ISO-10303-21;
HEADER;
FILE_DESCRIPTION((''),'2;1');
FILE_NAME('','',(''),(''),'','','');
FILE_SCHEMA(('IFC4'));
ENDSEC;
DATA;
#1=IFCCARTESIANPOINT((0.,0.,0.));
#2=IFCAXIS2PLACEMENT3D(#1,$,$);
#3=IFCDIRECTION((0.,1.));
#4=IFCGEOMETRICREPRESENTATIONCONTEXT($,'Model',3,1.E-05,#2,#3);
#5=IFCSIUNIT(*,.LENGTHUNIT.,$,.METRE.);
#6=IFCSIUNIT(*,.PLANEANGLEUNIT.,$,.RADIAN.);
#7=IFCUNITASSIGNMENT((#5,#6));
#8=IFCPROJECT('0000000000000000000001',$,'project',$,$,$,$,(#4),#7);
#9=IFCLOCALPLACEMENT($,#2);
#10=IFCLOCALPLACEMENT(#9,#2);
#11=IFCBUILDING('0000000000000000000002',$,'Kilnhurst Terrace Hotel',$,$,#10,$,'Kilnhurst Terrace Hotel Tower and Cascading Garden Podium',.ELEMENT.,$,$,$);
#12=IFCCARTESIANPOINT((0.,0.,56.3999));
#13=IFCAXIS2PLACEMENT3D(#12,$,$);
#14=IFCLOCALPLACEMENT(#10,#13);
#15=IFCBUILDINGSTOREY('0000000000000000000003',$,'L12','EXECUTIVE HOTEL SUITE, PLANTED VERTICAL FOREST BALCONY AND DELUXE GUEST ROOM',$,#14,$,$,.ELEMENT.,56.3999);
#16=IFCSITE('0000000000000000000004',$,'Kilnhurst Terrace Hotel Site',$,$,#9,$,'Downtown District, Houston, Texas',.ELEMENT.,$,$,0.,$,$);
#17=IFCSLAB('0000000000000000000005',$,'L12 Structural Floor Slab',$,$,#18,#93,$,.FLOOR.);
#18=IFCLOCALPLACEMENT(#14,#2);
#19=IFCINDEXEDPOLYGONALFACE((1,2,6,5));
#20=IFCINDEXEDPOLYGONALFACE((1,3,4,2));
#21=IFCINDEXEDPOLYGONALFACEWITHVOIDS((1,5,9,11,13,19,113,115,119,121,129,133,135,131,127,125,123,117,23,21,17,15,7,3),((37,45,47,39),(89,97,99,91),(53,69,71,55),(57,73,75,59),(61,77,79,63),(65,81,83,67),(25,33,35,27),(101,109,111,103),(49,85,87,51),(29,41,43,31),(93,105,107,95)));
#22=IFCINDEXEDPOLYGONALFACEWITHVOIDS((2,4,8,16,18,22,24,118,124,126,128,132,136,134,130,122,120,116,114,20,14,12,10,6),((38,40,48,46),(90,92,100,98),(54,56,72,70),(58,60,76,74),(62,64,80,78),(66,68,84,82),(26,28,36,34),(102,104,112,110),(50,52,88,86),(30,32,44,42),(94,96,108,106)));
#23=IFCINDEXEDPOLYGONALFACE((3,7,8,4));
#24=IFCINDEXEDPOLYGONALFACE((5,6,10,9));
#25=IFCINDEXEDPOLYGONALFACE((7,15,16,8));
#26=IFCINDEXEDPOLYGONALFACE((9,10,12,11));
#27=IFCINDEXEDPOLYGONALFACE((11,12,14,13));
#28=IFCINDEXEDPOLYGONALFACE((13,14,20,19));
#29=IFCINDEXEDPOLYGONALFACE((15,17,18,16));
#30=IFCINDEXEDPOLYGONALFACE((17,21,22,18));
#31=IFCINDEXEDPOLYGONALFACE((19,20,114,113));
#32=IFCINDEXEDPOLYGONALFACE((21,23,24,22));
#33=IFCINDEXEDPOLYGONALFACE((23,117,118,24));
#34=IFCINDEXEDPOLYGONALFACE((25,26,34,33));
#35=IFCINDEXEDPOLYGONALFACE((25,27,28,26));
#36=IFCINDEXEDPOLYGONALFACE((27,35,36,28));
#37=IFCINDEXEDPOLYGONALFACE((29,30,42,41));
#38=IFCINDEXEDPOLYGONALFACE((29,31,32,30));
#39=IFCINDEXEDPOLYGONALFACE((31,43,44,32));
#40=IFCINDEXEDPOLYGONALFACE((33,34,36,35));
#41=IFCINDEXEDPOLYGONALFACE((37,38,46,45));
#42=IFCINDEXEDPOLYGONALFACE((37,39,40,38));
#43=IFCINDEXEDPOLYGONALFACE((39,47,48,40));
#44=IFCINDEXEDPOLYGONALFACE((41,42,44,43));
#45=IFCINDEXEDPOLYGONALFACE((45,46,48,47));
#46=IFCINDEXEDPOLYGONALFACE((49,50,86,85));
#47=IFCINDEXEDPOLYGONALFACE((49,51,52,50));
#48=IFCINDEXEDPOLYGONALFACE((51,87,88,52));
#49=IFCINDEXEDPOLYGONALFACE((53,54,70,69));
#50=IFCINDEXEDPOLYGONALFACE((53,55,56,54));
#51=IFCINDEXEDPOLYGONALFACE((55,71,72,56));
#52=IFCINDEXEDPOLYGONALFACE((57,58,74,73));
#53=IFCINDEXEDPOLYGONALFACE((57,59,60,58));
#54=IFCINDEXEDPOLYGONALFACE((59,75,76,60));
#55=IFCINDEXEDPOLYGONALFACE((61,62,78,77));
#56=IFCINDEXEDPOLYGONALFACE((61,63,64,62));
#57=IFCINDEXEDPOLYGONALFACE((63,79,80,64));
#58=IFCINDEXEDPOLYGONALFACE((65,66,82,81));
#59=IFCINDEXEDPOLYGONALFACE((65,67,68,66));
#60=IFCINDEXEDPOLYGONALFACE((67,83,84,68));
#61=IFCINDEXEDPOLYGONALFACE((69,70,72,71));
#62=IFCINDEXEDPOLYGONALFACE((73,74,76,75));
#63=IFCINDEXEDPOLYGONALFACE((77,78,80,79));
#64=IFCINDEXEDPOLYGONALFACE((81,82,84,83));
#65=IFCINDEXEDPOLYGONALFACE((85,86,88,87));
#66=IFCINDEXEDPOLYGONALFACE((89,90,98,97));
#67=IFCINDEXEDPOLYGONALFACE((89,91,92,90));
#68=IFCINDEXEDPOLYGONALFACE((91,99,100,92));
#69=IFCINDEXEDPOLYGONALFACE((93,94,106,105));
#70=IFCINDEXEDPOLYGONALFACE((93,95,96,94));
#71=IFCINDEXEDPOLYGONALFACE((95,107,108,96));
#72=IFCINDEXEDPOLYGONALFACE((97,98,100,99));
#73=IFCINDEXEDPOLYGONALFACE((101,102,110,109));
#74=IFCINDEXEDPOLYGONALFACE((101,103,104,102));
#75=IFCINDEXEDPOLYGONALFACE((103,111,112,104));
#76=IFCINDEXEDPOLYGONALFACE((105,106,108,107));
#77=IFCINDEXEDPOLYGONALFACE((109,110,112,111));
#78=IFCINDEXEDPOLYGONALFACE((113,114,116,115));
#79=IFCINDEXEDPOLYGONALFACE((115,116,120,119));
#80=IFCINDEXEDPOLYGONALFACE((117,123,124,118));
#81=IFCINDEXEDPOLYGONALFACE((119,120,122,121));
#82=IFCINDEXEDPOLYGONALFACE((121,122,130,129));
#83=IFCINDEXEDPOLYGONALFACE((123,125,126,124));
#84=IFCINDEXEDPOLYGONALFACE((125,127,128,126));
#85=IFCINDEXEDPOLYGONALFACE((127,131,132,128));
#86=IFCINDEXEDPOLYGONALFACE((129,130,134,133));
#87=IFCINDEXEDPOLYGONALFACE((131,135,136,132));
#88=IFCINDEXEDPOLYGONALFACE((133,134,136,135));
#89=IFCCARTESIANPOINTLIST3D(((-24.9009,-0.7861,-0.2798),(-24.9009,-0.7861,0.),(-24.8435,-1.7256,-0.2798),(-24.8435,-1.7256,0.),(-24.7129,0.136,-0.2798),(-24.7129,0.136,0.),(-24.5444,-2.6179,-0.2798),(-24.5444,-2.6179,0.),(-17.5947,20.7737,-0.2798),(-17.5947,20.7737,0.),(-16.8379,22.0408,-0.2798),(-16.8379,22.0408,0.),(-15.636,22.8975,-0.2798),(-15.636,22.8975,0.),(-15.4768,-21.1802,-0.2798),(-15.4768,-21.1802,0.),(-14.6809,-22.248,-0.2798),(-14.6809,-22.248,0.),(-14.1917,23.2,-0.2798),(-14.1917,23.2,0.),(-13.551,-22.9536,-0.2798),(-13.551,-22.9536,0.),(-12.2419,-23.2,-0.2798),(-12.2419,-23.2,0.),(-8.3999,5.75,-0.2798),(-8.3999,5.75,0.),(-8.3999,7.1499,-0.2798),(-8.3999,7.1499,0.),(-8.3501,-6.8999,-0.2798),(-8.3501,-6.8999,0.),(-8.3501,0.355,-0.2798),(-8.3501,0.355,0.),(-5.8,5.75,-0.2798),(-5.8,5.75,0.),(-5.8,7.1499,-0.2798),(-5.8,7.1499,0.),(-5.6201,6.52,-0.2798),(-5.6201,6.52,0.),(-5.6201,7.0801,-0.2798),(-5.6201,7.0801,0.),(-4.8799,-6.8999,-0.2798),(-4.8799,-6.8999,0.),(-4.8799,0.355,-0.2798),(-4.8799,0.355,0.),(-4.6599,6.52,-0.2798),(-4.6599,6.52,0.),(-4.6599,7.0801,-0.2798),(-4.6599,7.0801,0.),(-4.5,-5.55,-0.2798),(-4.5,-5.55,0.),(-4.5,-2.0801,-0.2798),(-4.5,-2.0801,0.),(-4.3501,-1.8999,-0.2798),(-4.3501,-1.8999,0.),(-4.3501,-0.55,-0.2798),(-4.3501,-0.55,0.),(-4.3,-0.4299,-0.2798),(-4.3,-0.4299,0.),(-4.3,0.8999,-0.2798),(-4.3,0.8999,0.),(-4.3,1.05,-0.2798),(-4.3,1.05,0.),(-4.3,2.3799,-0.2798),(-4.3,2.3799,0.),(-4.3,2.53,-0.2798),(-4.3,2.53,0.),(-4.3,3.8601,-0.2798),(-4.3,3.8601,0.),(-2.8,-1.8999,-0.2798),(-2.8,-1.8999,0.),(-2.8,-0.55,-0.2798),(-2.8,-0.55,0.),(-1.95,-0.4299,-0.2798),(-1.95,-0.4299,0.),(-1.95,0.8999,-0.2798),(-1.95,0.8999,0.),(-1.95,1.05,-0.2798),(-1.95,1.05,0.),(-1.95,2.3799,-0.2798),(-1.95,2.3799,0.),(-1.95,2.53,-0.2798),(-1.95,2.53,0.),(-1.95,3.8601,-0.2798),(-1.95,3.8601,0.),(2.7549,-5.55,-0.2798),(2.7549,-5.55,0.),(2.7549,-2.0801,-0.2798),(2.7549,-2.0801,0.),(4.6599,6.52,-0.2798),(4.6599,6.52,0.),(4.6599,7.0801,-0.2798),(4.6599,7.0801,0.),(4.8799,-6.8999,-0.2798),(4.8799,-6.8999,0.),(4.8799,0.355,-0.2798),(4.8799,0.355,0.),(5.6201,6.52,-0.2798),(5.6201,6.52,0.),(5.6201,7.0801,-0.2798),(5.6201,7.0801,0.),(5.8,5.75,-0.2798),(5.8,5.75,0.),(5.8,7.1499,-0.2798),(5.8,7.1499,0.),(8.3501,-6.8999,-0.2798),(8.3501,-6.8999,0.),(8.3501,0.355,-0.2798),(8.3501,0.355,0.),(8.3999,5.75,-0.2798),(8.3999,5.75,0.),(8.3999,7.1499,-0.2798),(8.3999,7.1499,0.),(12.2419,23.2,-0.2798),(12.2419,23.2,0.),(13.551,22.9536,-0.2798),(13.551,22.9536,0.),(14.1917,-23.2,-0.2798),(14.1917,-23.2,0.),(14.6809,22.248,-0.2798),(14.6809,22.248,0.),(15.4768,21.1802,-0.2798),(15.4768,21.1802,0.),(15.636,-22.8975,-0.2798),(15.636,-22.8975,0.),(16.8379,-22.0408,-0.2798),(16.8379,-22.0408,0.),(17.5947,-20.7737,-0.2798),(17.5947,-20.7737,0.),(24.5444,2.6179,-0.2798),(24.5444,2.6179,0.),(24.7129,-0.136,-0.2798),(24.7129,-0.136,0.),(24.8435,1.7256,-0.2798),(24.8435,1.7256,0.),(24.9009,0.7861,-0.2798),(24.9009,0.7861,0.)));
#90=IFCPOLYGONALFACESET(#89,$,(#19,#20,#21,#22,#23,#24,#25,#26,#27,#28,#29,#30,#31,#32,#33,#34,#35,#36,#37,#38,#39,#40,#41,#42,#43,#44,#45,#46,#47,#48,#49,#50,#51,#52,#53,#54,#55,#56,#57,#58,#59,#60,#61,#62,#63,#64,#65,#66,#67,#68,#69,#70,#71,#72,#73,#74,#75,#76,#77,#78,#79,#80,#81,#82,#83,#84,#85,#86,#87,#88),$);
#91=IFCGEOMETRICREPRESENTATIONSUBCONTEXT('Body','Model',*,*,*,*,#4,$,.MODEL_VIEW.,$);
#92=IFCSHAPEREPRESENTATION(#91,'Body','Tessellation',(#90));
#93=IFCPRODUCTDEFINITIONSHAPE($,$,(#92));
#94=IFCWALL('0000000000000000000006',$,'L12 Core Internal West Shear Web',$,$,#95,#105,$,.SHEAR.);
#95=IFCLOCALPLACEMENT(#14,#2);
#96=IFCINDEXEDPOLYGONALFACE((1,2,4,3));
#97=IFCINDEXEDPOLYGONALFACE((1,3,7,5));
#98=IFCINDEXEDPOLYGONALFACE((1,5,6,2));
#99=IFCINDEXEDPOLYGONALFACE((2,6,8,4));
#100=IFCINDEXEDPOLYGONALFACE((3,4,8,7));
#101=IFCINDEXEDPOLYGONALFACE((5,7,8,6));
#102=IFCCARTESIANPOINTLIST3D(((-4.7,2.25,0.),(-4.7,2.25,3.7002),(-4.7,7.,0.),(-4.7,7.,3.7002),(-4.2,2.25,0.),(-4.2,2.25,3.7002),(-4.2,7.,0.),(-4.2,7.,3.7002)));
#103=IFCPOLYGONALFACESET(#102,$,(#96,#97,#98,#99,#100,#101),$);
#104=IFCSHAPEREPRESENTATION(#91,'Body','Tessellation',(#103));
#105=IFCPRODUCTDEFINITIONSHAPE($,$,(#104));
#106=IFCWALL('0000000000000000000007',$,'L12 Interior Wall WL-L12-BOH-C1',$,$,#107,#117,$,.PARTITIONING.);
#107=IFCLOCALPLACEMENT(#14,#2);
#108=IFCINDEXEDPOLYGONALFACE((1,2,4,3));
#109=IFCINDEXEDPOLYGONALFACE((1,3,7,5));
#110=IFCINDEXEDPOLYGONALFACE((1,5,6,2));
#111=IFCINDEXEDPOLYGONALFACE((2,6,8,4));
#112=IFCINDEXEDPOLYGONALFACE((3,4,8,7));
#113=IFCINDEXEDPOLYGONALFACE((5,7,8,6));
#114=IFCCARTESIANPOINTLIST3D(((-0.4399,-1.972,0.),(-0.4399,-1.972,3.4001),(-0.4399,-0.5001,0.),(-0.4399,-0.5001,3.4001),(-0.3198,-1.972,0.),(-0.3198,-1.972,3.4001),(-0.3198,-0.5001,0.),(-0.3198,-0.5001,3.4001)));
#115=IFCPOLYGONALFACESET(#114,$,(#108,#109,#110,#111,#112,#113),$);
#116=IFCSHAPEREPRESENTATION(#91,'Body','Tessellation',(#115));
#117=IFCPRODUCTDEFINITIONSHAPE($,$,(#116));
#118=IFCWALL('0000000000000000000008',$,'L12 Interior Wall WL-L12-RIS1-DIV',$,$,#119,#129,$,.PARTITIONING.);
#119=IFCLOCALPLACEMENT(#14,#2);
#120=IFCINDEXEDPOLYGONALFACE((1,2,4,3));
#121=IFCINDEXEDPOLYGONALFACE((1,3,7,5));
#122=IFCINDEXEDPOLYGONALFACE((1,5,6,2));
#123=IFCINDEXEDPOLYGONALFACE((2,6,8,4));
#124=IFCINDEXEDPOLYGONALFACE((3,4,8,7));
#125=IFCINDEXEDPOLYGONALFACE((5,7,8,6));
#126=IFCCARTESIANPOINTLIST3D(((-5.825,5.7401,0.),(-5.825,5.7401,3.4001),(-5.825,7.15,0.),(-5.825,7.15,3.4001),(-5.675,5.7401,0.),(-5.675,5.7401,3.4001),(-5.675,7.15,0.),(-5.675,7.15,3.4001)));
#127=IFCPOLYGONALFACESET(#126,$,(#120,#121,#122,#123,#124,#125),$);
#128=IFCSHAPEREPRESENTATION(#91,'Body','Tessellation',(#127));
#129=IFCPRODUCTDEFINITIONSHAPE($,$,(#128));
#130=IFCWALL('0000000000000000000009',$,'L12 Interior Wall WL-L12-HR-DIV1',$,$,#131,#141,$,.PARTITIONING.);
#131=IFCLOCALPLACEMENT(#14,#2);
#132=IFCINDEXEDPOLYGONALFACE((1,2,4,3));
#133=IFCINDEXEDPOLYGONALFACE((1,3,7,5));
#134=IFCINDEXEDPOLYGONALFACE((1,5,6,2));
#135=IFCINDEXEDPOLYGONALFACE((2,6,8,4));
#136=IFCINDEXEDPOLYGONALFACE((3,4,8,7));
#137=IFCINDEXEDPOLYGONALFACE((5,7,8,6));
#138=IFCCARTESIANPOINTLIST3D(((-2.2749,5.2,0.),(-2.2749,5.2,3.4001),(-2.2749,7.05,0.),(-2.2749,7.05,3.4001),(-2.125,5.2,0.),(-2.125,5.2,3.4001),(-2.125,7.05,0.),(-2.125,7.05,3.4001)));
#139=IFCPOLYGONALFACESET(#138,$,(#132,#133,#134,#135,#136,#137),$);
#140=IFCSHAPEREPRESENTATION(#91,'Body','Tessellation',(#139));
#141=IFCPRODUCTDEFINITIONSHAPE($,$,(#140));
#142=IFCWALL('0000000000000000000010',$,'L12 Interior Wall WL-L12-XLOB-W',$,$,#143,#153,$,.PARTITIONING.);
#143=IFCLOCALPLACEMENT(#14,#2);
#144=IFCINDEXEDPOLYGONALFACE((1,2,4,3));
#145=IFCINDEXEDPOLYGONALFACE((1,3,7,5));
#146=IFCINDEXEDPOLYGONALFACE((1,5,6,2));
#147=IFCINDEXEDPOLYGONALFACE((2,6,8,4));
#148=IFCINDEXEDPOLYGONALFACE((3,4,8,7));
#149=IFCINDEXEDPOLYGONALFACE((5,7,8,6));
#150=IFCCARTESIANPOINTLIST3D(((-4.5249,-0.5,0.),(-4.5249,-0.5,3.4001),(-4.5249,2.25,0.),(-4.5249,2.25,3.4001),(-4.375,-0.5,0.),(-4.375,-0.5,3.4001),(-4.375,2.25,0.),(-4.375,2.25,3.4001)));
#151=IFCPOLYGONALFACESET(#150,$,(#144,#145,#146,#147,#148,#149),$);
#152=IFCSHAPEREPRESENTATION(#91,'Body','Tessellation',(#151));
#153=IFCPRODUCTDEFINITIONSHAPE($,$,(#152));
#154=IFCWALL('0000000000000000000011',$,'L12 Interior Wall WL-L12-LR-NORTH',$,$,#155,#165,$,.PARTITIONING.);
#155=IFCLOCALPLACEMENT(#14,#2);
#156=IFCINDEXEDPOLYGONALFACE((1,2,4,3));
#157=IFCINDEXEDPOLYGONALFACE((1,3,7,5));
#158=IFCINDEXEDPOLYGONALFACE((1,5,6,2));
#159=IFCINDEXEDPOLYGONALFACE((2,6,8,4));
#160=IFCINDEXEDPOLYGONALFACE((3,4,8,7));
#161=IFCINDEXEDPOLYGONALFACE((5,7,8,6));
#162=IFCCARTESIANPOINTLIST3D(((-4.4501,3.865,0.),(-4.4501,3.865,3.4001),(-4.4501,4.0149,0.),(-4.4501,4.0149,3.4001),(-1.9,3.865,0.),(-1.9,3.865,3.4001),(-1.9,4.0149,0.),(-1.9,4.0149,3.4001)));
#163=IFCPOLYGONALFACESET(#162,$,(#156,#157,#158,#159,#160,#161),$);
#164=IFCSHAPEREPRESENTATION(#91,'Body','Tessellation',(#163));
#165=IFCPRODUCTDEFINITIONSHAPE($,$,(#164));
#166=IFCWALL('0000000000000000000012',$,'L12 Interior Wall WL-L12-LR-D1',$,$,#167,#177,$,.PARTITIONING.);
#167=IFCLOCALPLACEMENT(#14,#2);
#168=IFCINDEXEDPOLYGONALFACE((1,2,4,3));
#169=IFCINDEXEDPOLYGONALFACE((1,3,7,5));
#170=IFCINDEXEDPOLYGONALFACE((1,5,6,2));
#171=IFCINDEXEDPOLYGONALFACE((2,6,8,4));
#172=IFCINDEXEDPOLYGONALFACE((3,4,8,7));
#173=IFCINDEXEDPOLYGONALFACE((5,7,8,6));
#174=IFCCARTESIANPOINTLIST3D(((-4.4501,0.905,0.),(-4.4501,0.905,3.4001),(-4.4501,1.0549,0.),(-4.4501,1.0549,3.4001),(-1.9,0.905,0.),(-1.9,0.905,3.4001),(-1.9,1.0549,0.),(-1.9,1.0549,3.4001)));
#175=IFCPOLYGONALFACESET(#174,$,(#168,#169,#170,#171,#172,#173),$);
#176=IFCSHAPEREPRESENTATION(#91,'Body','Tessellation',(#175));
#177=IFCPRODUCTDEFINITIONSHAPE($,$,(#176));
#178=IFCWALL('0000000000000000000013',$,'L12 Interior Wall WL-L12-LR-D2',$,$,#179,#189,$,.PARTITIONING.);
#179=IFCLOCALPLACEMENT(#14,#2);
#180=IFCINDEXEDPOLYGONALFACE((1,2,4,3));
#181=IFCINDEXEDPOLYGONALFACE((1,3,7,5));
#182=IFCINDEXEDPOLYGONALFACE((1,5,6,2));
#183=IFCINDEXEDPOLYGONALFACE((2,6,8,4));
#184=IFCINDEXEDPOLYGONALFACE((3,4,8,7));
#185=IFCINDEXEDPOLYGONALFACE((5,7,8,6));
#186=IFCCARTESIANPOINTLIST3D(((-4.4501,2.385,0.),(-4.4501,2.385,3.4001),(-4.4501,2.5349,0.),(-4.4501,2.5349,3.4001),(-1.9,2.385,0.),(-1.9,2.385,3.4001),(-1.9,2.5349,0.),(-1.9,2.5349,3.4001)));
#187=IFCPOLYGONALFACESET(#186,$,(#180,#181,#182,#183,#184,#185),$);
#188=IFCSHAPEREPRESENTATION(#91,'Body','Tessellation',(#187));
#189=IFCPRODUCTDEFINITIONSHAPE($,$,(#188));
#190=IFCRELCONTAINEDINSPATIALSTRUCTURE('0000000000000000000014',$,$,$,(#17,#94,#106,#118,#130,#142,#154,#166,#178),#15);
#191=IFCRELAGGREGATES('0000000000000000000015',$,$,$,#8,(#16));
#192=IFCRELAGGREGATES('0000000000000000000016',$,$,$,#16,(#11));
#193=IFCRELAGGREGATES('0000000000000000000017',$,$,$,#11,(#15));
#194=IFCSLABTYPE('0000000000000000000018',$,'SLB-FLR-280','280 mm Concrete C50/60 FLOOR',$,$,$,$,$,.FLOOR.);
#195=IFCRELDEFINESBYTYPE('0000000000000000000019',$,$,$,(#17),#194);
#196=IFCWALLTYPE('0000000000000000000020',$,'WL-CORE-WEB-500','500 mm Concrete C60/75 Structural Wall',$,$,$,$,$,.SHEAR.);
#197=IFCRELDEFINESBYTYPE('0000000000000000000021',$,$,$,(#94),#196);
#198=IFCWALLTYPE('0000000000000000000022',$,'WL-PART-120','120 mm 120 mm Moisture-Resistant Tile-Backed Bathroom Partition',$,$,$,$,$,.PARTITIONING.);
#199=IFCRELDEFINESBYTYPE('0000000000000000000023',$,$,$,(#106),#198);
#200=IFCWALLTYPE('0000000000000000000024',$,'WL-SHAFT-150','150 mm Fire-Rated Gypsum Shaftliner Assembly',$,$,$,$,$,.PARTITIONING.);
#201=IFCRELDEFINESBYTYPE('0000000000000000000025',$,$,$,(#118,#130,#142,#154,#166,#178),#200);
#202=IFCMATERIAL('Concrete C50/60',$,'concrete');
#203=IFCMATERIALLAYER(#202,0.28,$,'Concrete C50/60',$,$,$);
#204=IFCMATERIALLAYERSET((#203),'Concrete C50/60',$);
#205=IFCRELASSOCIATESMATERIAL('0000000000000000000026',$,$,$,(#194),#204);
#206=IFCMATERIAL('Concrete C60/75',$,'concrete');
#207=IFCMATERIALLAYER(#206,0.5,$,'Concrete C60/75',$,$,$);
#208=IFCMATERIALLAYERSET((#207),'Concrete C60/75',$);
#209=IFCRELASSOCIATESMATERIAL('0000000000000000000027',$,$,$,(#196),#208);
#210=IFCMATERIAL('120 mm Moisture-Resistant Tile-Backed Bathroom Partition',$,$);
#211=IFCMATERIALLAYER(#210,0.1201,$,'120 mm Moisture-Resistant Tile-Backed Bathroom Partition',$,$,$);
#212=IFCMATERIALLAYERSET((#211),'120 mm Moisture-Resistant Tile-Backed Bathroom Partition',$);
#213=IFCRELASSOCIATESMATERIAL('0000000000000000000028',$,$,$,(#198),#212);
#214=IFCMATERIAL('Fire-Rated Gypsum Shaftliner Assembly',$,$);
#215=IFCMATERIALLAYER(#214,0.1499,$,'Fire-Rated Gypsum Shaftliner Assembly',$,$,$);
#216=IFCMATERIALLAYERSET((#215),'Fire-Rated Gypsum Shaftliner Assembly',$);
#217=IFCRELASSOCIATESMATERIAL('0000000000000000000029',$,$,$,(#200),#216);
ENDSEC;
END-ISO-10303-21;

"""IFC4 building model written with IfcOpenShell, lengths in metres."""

from ifc_helpers import new_model, si_unit, direction, frame, frame_2d, origin, place, context, subcontext, project, spatial, polyline, rectangle, outline, extrude, material, layer, layer_set, type_object, element, save


model = new_model("IFC4")

# Units and contexts
model_context = context("Model", 3, precision=1e-05, world=origin(), true_north=direction((0.0, 1.0)))
body_context = subcontext(model_context, "Body", "Model", "MODEL_VIEW")
ifc_project = project(units=[si_unit("LENGTHUNIT", "METRE"), si_unit("PLANEANGLEUNIT", "RADIAN")], contexts=[model_context])

# Site, building, storey
site_placement = place(None, origin())
site = spatial("IfcSite", under=ifc_project, at=site_placement, Name="Kilnhurst Terrace Hotel Site", LongName="Downtown District, Houston, Texas", CompositionType="ELEMENT", RefElevation=0.0)
building_placement = place(site_placement, origin())
building = spatial("IfcBuilding", under=site, at=building_placement, Name="Kilnhurst Terrace Hotel", LongName="Kilnhurst Terrace Hotel Tower and Cascading Garden Podium", CompositionType="ELEMENT")
storey_placement = place(building_placement, frame((0.0, 0.0, 56.3999)))
storey = spatial("IfcBuildingStorey", under=building, at=storey_placement, Name="L12", Description="EXECUTIVE HOTEL SUITE, PLANTED VERTICAL FOREST BALCONY AND DELUXE GUEST ROOM", CompositionType="ELEMENT", Elevation=56.3999)

# Slab
ifc_material_1 = material(Name="Concrete C50/60", Category="concrete")
ifc_layer_1 = layer(ifc_material_1, 0.28, Name="Concrete C50/60")
ifc_layer_set_1 = layer_set([ifc_layer_1], Name="Concrete C50/60")
slab_type = type_object("IfcSlabType", Name="SLB-FLR-280", Description="280 mm Concrete C50/60 FLOOR", PredefinedType="FLOOR", material=ifc_layer_set_1)
slab_placement = place(storey_placement, frame((0.0, 0.0, -0.2798)))
element("IfcSlab", 1, at=slab_placement, inside=storey, type_object=slab_type, Name="L12 Structural Floor Slab", PredefinedType="FLOOR", context=body_context, shape_type="SweptSolid", body=[
    extrude(outline(polyline([(-15.4768, -21.1802), (-14.6809, -22.248), (-13.551, -22.9536), (-12.2419, -23.2), (14.1917, -23.2), (15.636, -22.8975), (16.8379, -22.0408), (17.5947, -20.7737), (24.7129, -0.136), (24.9009, 0.7861), (24.8435, 1.7256), (24.5444, 2.6179), (15.4768, 21.1802), (14.6809, 22.248), (13.551, 22.9536), (12.2419, 23.2), (-14.1917, 23.2), (-15.636, 22.8975), (-16.8379, 22.0408), (-17.5947, 20.7737), (-24.7129, 0.136), (-24.9009, -0.7861), (-24.8435, -1.7256), (-24.5444, -2.6179), (-15.4768, -21.1802)]), holes=[polyline([(-8.3501, 0.355), (-4.8799, 0.355), (-4.8799, -6.8999), (-8.3501, -6.8999), (-8.3501, 0.355)]), polyline([(-2.8, -1.8999), (-4.3501, -1.8999), (-4.3501, -0.55), (-2.8, -0.55), (-2.8, -1.8999)]), polyline([(-1.95, -0.4299), (-4.3, -0.4299), (-4.3, 0.8999), (-1.95, 0.8999), (-1.95, -0.4299)]), polyline([(-4.3, 1.05), (-4.3, 2.3799), (-1.95, 2.3799), (-1.95, 1.05), (-4.3, 1.05)]), polyline([(-8.3999, 5.75), (-8.3999, 7.1499), (-5.8, 7.1499), (-5.8, 5.75), (-8.3999, 5.75)]), polyline([(-4.6599, 6.52), (-5.6201, 6.52), (-5.6201, 7.0801), (-4.6599, 7.0801), (-4.6599, 6.52)]), polyline([(2.7549, -5.55), (-4.5, -5.55), (-4.5, -2.0801), (2.7549, -2.0801), (2.7549, -5.55)]), polyline([(8.3501, 0.355), (8.3501, -6.8999), (4.8799, -6.8999), (4.8799, 0.355), (8.3501, 0.355)]), polyline([(-1.95, 2.53), (-4.3, 2.53), (-4.3, 3.8601), (-1.95, 3.8601), (-1.95, 2.53)]), polyline([(5.8, 5.75), (5.8, 7.1499), (8.3999, 7.1499), (8.3999, 5.75), (5.8, 5.75)]), polyline([(4.6599, 6.52), (4.6599, 7.0801), (5.6201, 7.0801), (5.6201, 6.52), (4.6599, 6.52)])]), origin(), (0.0, 0.0, 1.0), 0.2798),
])

# Walls
ifc_material_2 = material(Name="Concrete C60/75", Category="concrete")
ifc_layer_2 = layer(ifc_material_2, 0.5, Name="Concrete C60/75")
ifc_layer_set_2 = layer_set([ifc_layer_2], Name="Concrete C60/75")
wall_type_1 = type_object("IfcWallType", Name="WL-CORE-WEB-500", Description="500 mm Concrete C60/75 Structural Wall", PredefinedType="SHEAR", material=ifc_layer_set_2)
wall_1_placement = place(storey_placement, frame((-4.45, 2.25, 0.0), z_axis=(0.0, 0.0, 1.0), x_axis=(0.0, 1.0, 0.0)))
element("IfcWall", 2, at=wall_1_placement, inside=storey, type_object=wall_type_1, Name="L12 Core Internal West Shear Web", PredefinedType="SHEAR", context=body_context, shape_type="SweptSolid", body=[
    extrude(rectangle(XDim=4.75, YDim=0.5, at=frame_2d((2.375, 0.0))), origin(), (0.0, 0.0, 1.0), 3.7002),
])
ifc_material_3 = material(Name="120 mm Moisture-Resistant Tile-Backed Bathroom Partition")
ifc_layer_3 = layer(ifc_material_3, 0.1201, Name="120 mm Moisture-Resistant Tile-Backed Bathroom Partition")
ifc_layer_set_3 = layer_set([ifc_layer_3], Name="120 mm Moisture-Resistant Tile-Backed Bathroom Partition")
wall_type_2 = type_object("IfcWallType", Name="WL-PART-120", Description="120 mm 120 mm Moisture-Resistant Tile-Backed Bathroom Partition", PredefinedType="PARTITIONING", material=ifc_layer_set_3)
wall_2_placement = place(storey_placement, frame((-0.3799, -1.9719, 0.0), z_axis=(0.0, 0.0, 1.0), x_axis=(0.0, 1.0, 0.0)))
element("IfcWall", 3, at=wall_2_placement, inside=storey, type_object=wall_type_2, Name="L12 Interior Wall WL-L12-BOH-C1", PredefinedType="PARTITIONING", context=body_context, shape_type="SweptSolid", body=[
    extrude(rectangle(XDim=1.4719, YDim=0.1201, at=frame_2d((0.7358, 0.0))), origin(), (0.0, 0.0, 1.0), 3.4001),
])
ifc_material_4 = material(Name="Fire-Rated Gypsum Shaftliner Assembly")
ifc_layer_4 = layer(ifc_material_4, 0.1499, Name="Fire-Rated Gypsum Shaftliner Assembly")
ifc_layer_set_4 = layer_set([ifc_layer_4], Name="Fire-Rated Gypsum Shaftliner Assembly")
wall_type_3 = type_object("IfcWallType", Name="WL-SHAFT-150", Description="150 mm Fire-Rated Gypsum Shaftliner Assembly", PredefinedType="PARTITIONING", material=ifc_layer_set_4)
wall_3_placement = place(storey_placement, frame((-5.75, 5.74, 0.0), z_axis=(0.0, 0.0, 1.0), x_axis=(0.0, 1.0, 0.0)))
element("IfcWall", 4, at=wall_3_placement, inside=storey, type_object=wall_type_3, Name="L12 Interior Wall WL-L12-RIS1-DIV", PredefinedType="PARTITIONING", context=body_context, shape_type="SweptSolid", body=[
    extrude(rectangle(XDim=1.4099, YDim=0.1499, at=frame_2d((0.7051, 0.0))), origin(), (0.0, 0.0, 1.0), 3.4001),
])
wall_4_placement = place(storey_placement, frame((-2.2, 5.2, 0.0), z_axis=(0.0, 0.0, 1.0), x_axis=(0.0, 1.0, 0.0)))
element("IfcWall", 5, at=wall_4_placement, inside=storey, type_object=wall_type_3, Name="L12 Interior Wall WL-L12-HR-DIV1", PredefinedType="PARTITIONING", context=body_context, shape_type="SweptSolid", body=[
    extrude(rectangle(XDim=1.8501, YDim=0.1499, at=frame_2d((0.925, 0.0))), origin(), (0.0, 0.0, 1.0), 3.4001),
])
wall_5_placement = place(storey_placement, frame((-4.45, -0.5, 0.0), z_axis=(0.0, 0.0, 1.0), x_axis=(0.0, 1.0, 0.0)))
element("IfcWall", 6, at=wall_5_placement, inside=storey, type_object=wall_type_3, Name="L12 Interior Wall WL-L12-XLOB-W", PredefinedType="PARTITIONING", context=body_context, shape_type="SweptSolid", body=[
    extrude(rectangle(XDim=2.75, YDim=0.1499, at=frame_2d((1.375, 0.0))), origin(), (0.0, 0.0, 1.0), 3.4001),
])
for number, where, z_axis, x_axis, name in (
    (7, (-4.45, 3.9399, 0.0), (0.0, 0.0, 1.0), (1.0, 0.0, 0.0), "L12 Interior Wall WL-L12-LR-NORTH"),
    (8, (-4.45, 0.98, 0.0), (0.0, 0.0, 1.0), (1.0, 0.0, 0.0), "L12 Interior Wall WL-L12-LR-D1"),
    (9, (-4.45, 2.46, 0.0), (0.0, 0.0, 1.0), (1.0, 0.0, 0.0), "L12 Interior Wall WL-L12-LR-D2"),
):
    element("IfcWall", number, at=place(storey_placement, frame(where, z_axis=z_axis, x_axis=x_axis)), inside=storey, type_object=wall_type_3, Name=name, PredefinedType="PARTITIONING", context=body_context, shape_type="SweptSolid", body=[
        extrude(rectangle(XDim=2.55, YDim=0.1499, at=frame_2d((1.2749, 0.0))), origin(), (0.0, 0.0, 1.0), 3.4001),
    ])

save(model, "model.ifc")
